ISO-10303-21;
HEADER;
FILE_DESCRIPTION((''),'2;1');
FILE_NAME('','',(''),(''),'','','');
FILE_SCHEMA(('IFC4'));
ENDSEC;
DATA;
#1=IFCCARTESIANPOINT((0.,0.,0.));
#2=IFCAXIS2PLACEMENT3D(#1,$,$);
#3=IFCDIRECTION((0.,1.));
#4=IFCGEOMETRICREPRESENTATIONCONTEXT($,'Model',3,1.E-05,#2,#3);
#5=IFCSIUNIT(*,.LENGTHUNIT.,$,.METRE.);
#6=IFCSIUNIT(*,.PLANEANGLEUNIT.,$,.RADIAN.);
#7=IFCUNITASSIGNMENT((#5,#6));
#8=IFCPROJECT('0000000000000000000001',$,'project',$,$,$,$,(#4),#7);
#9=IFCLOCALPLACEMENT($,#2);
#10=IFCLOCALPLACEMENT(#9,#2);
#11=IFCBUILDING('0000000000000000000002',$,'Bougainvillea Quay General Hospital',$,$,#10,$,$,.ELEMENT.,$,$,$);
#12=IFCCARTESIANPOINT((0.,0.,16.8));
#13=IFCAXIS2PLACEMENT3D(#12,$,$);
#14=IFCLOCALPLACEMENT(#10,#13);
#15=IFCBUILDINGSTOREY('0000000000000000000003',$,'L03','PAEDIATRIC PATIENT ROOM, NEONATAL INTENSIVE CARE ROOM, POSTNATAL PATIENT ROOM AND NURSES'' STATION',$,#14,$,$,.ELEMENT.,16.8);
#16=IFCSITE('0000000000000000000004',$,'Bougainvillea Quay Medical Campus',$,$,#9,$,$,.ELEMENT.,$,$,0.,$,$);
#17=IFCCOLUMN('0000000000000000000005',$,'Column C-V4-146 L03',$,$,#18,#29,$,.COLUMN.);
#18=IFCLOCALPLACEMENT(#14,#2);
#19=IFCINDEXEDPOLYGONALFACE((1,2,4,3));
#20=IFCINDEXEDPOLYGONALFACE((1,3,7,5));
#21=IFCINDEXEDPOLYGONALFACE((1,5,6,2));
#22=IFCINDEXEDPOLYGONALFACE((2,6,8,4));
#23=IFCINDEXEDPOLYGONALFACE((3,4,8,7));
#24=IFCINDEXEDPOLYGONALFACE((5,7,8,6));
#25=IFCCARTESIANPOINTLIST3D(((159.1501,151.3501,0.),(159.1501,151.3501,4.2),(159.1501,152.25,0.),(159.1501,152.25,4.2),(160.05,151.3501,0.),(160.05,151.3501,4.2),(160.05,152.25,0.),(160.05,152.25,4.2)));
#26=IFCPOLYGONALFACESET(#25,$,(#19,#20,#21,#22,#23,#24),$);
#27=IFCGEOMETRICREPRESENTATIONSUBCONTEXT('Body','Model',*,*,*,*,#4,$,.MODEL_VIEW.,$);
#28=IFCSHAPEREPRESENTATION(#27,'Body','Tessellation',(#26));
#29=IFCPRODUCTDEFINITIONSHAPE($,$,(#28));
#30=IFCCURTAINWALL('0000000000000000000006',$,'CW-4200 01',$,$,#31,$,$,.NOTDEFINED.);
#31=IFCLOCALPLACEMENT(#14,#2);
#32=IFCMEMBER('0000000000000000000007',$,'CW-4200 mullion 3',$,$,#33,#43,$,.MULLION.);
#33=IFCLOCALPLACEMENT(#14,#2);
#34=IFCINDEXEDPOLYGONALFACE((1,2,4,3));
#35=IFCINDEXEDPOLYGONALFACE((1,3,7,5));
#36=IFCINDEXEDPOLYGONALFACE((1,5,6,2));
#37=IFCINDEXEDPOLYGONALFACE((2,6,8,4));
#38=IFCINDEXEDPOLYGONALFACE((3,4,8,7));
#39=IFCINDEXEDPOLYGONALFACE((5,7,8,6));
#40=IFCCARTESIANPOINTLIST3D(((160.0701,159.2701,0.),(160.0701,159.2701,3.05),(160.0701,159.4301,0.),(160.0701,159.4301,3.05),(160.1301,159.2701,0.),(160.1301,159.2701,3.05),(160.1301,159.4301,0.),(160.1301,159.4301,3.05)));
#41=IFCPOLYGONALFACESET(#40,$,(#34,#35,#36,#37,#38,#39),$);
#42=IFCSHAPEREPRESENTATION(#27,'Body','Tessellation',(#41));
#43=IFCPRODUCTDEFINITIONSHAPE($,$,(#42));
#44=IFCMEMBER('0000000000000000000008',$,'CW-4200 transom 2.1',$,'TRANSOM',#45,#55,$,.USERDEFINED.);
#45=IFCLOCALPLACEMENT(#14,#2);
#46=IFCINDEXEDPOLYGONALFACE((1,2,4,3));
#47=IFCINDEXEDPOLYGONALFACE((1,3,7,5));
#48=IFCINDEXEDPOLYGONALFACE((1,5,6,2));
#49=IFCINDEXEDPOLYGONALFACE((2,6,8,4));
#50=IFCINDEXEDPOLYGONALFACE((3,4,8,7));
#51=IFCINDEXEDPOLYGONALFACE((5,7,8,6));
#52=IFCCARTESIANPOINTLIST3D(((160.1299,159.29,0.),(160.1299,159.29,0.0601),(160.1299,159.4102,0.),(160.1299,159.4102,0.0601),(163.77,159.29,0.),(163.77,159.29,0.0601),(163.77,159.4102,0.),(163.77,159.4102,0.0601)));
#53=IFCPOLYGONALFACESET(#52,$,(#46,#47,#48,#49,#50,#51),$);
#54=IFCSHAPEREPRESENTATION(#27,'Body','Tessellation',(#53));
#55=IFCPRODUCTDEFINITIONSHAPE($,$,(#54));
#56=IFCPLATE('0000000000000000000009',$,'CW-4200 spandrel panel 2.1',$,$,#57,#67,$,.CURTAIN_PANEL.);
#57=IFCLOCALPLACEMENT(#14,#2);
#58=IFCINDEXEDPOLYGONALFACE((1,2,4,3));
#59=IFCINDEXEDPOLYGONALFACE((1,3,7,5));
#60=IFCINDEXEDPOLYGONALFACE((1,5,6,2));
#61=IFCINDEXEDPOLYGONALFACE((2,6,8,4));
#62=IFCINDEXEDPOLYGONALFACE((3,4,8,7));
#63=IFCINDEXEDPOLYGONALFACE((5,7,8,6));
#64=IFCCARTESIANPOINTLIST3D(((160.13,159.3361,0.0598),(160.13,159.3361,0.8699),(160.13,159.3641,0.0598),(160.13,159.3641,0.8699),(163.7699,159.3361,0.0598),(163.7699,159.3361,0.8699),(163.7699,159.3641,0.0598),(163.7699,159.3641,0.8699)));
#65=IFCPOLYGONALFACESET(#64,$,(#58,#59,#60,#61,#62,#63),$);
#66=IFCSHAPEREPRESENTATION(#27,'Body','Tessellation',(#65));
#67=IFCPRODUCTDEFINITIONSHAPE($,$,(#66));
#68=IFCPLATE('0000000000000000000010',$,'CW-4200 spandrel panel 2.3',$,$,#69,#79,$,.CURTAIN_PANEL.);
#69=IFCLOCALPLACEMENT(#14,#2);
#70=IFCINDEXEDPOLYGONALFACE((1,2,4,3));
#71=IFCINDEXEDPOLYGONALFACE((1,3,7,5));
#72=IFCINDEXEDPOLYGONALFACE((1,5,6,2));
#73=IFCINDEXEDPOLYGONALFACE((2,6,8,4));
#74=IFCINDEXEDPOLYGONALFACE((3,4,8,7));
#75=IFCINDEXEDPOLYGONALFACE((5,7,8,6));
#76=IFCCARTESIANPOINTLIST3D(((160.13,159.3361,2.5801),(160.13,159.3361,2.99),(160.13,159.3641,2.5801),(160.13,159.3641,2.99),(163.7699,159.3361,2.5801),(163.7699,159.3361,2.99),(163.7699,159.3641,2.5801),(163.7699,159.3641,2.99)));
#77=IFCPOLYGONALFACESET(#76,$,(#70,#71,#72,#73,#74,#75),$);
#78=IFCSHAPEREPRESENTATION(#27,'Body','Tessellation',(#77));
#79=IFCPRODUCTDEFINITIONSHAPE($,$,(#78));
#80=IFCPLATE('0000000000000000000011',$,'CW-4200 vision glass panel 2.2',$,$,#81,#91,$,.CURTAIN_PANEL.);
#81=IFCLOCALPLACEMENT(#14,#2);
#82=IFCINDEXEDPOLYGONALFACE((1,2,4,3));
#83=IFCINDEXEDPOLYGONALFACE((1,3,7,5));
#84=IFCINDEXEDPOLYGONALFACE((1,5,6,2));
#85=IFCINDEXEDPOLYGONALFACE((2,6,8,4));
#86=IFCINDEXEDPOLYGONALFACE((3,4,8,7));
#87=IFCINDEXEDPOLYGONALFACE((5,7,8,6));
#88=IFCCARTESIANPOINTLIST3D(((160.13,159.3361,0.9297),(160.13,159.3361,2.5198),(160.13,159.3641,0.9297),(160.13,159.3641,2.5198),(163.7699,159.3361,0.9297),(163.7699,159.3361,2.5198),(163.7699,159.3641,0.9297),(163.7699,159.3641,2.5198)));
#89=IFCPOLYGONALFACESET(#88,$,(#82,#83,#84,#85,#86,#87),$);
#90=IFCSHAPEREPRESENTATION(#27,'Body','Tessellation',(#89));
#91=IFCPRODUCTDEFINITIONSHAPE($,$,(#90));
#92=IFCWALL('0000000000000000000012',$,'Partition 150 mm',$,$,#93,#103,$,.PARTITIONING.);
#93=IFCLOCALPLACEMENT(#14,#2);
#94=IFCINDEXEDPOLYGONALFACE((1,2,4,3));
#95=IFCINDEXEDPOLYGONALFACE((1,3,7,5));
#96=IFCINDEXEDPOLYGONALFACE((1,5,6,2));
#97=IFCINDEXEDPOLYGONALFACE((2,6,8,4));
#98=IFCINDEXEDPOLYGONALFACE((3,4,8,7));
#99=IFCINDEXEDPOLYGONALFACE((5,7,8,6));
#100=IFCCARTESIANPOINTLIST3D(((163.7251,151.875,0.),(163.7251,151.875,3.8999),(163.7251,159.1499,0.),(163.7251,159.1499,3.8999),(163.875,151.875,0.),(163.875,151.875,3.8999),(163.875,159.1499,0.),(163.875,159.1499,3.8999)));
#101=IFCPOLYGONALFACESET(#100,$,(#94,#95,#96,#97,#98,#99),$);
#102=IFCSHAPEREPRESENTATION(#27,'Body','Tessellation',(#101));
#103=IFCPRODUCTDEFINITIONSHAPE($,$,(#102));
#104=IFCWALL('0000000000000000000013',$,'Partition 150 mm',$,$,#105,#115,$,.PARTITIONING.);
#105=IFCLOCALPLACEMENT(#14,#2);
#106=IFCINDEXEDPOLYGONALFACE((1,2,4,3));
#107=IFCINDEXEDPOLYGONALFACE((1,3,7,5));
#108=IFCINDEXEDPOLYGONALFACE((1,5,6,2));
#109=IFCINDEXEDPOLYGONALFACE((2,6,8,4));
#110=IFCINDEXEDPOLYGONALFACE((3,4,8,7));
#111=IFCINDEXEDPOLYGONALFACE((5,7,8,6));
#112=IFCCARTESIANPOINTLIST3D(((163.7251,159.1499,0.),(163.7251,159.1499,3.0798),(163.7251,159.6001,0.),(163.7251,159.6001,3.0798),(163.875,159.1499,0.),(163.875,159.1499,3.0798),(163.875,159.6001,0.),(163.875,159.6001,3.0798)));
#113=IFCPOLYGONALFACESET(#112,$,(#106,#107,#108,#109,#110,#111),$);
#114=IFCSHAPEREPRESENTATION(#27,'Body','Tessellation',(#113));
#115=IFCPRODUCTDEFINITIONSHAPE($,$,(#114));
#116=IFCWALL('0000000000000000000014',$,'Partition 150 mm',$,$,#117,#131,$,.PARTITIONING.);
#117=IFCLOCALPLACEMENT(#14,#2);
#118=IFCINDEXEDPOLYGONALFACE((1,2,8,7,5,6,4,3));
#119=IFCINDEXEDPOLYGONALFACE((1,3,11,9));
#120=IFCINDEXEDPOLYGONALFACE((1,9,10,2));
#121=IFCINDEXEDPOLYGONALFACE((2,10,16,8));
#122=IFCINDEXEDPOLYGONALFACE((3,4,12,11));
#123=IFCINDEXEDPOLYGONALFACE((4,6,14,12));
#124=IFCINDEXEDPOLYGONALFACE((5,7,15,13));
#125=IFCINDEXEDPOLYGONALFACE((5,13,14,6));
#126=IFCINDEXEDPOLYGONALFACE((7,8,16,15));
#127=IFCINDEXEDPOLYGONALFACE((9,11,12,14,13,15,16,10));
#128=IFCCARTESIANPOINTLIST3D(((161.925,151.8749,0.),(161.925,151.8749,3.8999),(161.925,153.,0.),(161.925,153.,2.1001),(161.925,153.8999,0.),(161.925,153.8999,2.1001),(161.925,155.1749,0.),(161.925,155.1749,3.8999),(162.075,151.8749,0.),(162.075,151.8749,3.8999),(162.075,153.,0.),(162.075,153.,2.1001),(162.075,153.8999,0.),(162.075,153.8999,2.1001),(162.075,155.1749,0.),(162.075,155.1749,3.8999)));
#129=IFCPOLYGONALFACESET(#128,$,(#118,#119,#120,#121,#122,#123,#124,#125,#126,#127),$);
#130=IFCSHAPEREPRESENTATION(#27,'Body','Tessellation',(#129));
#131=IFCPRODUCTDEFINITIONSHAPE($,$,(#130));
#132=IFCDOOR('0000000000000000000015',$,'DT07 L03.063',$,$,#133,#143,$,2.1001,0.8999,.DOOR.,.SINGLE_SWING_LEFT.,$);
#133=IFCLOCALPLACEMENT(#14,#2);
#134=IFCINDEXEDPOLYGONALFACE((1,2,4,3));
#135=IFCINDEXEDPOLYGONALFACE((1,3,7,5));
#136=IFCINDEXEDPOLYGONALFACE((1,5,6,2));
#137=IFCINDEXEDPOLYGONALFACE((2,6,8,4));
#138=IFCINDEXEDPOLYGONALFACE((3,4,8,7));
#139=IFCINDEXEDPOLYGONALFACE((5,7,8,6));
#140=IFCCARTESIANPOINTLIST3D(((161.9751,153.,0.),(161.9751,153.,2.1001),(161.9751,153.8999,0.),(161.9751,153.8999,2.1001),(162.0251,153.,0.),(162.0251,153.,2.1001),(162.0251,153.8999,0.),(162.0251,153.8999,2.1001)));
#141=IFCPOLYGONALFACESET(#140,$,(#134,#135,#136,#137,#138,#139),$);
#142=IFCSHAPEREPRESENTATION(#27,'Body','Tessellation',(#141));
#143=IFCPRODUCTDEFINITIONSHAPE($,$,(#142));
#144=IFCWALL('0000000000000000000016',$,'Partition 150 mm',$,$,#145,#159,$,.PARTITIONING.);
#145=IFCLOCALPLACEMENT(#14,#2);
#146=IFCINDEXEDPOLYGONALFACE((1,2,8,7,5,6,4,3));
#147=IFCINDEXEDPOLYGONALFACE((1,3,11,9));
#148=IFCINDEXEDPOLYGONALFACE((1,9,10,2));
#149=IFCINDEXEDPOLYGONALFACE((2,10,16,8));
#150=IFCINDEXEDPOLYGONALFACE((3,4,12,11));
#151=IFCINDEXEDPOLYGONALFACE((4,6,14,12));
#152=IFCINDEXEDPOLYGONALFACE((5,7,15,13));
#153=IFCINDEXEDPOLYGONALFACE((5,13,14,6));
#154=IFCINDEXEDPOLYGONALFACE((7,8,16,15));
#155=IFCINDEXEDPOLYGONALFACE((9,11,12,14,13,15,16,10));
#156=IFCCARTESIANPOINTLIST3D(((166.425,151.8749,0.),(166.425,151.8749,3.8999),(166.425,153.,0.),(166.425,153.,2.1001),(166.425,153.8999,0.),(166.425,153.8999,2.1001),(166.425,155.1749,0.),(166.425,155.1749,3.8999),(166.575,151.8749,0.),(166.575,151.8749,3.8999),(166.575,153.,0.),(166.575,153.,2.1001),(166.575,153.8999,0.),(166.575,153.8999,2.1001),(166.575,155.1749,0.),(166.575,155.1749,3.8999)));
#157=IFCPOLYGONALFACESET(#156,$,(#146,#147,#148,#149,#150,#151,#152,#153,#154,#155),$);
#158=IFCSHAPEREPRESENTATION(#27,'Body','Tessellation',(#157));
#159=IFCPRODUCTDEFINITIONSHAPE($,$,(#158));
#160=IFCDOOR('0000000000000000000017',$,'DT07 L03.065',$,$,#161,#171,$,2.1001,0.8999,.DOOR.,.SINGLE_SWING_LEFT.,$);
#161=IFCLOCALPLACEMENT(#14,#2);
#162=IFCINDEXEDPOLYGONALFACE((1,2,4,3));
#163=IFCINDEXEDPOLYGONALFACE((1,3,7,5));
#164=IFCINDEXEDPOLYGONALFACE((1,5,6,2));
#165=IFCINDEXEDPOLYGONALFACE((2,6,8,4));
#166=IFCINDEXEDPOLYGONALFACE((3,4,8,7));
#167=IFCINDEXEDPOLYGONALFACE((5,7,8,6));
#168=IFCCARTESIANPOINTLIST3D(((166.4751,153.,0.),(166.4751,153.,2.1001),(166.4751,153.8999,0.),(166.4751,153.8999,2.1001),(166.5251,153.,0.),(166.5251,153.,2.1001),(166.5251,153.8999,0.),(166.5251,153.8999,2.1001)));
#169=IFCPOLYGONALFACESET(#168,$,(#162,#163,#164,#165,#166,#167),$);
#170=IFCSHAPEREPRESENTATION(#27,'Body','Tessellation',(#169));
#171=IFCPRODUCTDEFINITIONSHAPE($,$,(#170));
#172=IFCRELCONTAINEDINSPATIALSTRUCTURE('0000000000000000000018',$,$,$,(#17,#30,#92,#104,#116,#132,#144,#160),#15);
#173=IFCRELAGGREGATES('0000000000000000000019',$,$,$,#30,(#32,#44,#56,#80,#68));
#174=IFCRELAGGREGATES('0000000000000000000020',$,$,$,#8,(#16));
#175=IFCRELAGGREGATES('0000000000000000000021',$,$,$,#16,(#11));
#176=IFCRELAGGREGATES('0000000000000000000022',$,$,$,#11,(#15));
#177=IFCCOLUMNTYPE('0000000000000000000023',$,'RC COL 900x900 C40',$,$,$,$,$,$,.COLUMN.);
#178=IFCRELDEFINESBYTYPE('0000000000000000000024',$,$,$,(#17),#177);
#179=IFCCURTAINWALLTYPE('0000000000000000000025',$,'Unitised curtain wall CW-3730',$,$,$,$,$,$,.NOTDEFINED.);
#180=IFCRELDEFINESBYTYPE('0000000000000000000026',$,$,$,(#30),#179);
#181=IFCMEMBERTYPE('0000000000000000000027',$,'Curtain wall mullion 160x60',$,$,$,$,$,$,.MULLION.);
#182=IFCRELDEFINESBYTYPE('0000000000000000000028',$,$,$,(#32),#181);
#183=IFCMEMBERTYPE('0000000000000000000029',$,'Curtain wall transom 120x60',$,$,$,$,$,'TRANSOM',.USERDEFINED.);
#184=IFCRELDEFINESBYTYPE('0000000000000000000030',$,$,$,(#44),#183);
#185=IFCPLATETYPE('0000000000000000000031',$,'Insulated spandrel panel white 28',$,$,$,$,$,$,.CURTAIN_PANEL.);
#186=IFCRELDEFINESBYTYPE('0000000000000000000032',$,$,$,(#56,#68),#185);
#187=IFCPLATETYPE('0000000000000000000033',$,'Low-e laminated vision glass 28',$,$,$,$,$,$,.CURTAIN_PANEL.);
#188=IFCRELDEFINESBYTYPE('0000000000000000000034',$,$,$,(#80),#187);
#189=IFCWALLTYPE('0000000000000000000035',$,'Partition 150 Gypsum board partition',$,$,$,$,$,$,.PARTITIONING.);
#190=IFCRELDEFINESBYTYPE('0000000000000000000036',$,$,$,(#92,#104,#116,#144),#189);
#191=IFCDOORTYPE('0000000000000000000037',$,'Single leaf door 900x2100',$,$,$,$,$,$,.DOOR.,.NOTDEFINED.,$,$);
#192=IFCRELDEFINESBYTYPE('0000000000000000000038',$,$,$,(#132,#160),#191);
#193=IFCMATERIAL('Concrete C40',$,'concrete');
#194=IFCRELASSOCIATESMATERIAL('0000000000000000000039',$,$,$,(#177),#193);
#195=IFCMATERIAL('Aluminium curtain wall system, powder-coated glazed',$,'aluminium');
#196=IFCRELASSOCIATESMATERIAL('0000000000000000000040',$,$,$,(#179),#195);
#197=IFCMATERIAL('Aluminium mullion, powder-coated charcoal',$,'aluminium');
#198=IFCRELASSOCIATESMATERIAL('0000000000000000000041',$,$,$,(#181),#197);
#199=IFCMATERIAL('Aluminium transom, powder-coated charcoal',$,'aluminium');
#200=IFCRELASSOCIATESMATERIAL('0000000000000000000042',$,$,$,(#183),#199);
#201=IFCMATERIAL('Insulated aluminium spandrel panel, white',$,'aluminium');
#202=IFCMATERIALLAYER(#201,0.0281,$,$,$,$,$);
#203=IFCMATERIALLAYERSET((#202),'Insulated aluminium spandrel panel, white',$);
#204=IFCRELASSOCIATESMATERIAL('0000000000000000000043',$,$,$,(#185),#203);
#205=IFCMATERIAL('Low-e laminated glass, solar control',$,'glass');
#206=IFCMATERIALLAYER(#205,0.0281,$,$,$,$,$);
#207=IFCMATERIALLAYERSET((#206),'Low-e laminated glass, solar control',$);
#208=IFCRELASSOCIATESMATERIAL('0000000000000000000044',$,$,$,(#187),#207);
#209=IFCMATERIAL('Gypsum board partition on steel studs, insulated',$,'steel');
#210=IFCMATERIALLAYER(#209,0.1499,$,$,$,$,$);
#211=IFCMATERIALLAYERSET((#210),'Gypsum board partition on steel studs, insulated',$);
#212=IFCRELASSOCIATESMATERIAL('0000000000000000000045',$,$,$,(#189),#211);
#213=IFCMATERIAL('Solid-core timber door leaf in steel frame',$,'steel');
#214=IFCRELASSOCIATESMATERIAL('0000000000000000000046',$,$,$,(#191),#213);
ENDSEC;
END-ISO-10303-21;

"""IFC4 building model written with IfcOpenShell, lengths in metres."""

from ifc_helpers import new_model, si_unit, direction, frame, frame_2d, origin, origin_2d, place, context, subcontext, project, spatial, rectangle, extrude, material, layer, layer_set, material_profile, profile_set, type_object, element, fill, aggregate, save


model = new_model("IFC4")

# Units and contexts
model_context = context("Model", 3, precision=1e-05, world=origin(), true_north=direction((0.0, 1.0)))
body_context = subcontext(model_context, "Body", "Model", "MODEL_VIEW")
ifc_project = project(units=[si_unit("LENGTHUNIT", "METRE"), si_unit("PLANEANGLEUNIT", "RADIAN")], contexts=[model_context])

# Site, building, storey
site_placement = place(None, origin())
site = spatial("IfcSite", under=ifc_project, at=site_placement, Name="Bougainvillea Quay Medical Campus", CompositionType="ELEMENT", RefElevation=0.0)
building_placement = place(site_placement, origin())
building = spatial("IfcBuilding", under=site, at=building_placement, Name="Bougainvillea Quay General Hospital", CompositionType="ELEMENT")
storey_placement = place(building_placement, frame((0.0, 0.0, 16.8)))
storey = spatial("IfcBuildingStorey", under=building, at=storey_placement, Name="L03", Description="PAEDIATRIC PATIENT ROOM, NEONATAL INTENSIVE CARE ROOM, POSTNATAL PATIENT ROOM AND NURSES' STATION", CompositionType="ELEMENT", Elevation=16.8)

# Column
ifc_material_1 = material(Name="Concrete C40", Category="concrete")
ifc_material_profile_1 = material_profile(ifc_material_1, rectangle(XDim=0.8999, YDim=0.8999, at=origin_2d()))
ifc_profile_set_1 = profile_set([ifc_material_profile_1], Name="Concrete C40")
column_type = type_object("IfcColumnType", Name="RC COL 900x900 C40", PredefinedType="COLUMN", material=ifc_profile_set_1)
column_placement = place(storey_placement, frame((159.6001, 151.8, 0.0), z_axis=(0.0, 0.0, 1.0), x_axis=(1.0, 0.0, 0.0)))
element("IfcColumn", 1, at=column_placement, inside=storey, type_object=column_type, Name="Column C-V4-146 L03", PredefinedType="COLUMN", context=body_context, shape_type="SweptSolid", body=[
    extrude(rectangle(XDim=0.8999, YDim=0.8999, at=origin_2d()), origin(), (0.0, 0.0, 1.0), 4.2),
])

# Curtain wall, members, plates
ifc_material_2 = material(Name="Aluminium curtain wall system, powder-coated glazed", Category="aluminium")
curtain_wall_type = type_object("IfcCurtainWallType", Name="Unitised curtain wall CW-3730", PredefinedType="NOTDEFINED", material=ifc_material_2)
curtain_wall_placement = place(storey_placement, origin())
curtain_wall = element("IfcCurtainWall", 2, at=curtain_wall_placement, inside=storey, type_object=curtain_wall_type, Name="CW-4200 01", PredefinedType="NOTDEFINED")
ifc_material_3 = material(Name="Aluminium mullion, powder-coated charcoal", Category="aluminium")
ifc_material_profile_2 = material_profile(ifc_material_3, rectangle(XDim=0.1599, YDim=0.0601, at=origin_2d()))
ifc_profile_set_2 = profile_set([ifc_material_profile_2], Name="Aluminium mullion, powder-coated charcoal")
member_type_1 = type_object("IfcMemberType", Name="Curtain wall mullion 160x60", PredefinedType="MULLION", material=ifc_profile_set_2)
member_1_placement = place(storey_placement, frame((160.1001, 159.3501, 0.0), z_axis=(0.0, 0.0, 1.0), x_axis=(0.0, -1.0, 0.0)))
member_1 = element("IfcMember", 3, at=member_1_placement, type_object=member_type_1, Name="CW-4200 mullion 3", PredefinedType="MULLION", context=body_context, shape_type="SweptSolid", body=[
    extrude(rectangle(XDim=0.1599, YDim=0.0601, at=origin_2d()), origin(), (0.0, 0.0, 1.0), 3.05),
])
ifc_material_4 = material(Name="Aluminium transom, powder-coated charcoal", Category="aluminium")
ifc_material_profile_3 = material_profile(ifc_material_4, rectangle(XDim=0.1201, YDim=0.0601, at=origin_2d()))
ifc_profile_set_3 = profile_set([ifc_material_profile_3], Name="Aluminium transom, powder-coated charcoal")
member_type_2 = type_object("IfcMemberType", Name="Curtain wall transom 120x60", ElementType="TRANSOM", PredefinedType="USERDEFINED", material=ifc_profile_set_3)
member_2_placement = place(storey_placement, frame((163.77, 159.3501, 0.03), z_axis=(-1.0, 0.0, 0.0), x_axis=(0.0, -1.0, 0.0)))
member_2 = element("IfcMember", 4, at=member_2_placement, type_object=member_type_2, Name="CW-4200 transom 2.1", ObjectType="TRANSOM", PredefinedType="USERDEFINED", context=body_context, shape_type="SweptSolid", body=[
    extrude(rectangle(XDim=0.1201, YDim=0.0601, at=origin_2d()), origin(), (0.0, 0.0, 1.0), 3.6401),
])
ifc_material_5 = material(Name="Insulated aluminium spandrel panel, white", Category="aluminium")
ifc_layer_1 = layer(ifc_material_5, 0.0281)
ifc_layer_set_1 = layer_set([ifc_layer_1], Name="Insulated aluminium spandrel panel, white")
plate_type_1 = type_object("IfcPlateType", Name="Insulated spandrel panel white 28", PredefinedType="CURTAIN_PANEL", material=ifc_layer_set_1)
plate_1_placement = place(storey_placement, frame((161.95, 159.3501, 0.0598), z_axis=(0.0, 0.0, 1.0), x_axis=(-1.0, 0.0, 0.0)))
plate_1 = element("IfcPlate", 5, at=plate_1_placement, type_object=plate_type_1, Name="CW-4200 spandrel panel 2.1", PredefinedType="CURTAIN_PANEL", context=body_context, shape_type="SweptSolid", body=[
    extrude(rectangle(XDim=3.6399, YDim=0.0281, at=origin_2d()), origin(), (0.0, 0.0, 1.0), 0.8101),
])
plate_2_placement = place(storey_placement, frame((161.95, 159.3501, 2.5801), z_axis=(0.0, 0.0, 1.0), x_axis=(-1.0, 0.0, 0.0)))
plate_2 = element("IfcPlate", 6, at=plate_2_placement, type_object=plate_type_1, Name="CW-4200 spandrel panel 2.3", PredefinedType="CURTAIN_PANEL", context=body_context, shape_type="SweptSolid", body=[
    extrude(rectangle(XDim=3.6399, YDim=0.0281, at=origin_2d()), origin(), (0.0, 0.0, 1.0), 0.4099),
])
ifc_material_6 = material(Name="Low-e laminated glass, solar control", Category="glass")
ifc_layer_2 = layer(ifc_material_6, 0.0281)
ifc_layer_set_2 = layer_set([ifc_layer_2], Name="Low-e laminated glass, solar control")
plate_type_2 = type_object("IfcPlateType", Name="Low-e laminated vision glass 28", PredefinedType="CURTAIN_PANEL", material=ifc_layer_set_2)
plate_3_placement = place(storey_placement, frame((161.95, 159.3501, 0.9297), z_axis=(0.0, 0.0, 1.0), x_axis=(-1.0, 0.0, 0.0)))
plate_3 = element("IfcPlate", 7, at=plate_3_placement, type_object=plate_type_2, Name="CW-4200 vision glass panel 2.2", PredefinedType="CURTAIN_PANEL", context=body_context, shape_type="SweptSolid", body=[
    extrude(rectangle(XDim=3.6399, YDim=0.0281, at=origin_2d()), origin(), (0.0, 0.0, 1.0), 1.5901),
])
aggregate(curtain_wall, [member_1, member_2, plate_1, plate_3, plate_2])

# Walls
ifc_material_7 = material(Name="Gypsum board partition on steel studs, insulated", Category="steel")
ifc_layer_3 = layer(ifc_material_7, 0.1499)
ifc_layer_set_3 = layer_set([ifc_layer_3], Name="Gypsum board partition on steel studs, insulated")
wall_type_1 = type_object("IfcWallType", Name="Partition 150 Gypsum board partition", PredefinedType="PARTITIONING", material=ifc_layer_set_3)
wall_1_placement = place(storey_placement, frame((163.8, 151.875, 0.0), z_axis=(0.0, 0.0, 1.0), x_axis=(0.0, 1.0, 0.0)))
element("IfcWall", 8, at=wall_1_placement, inside=storey, type_object=wall_type_1, Name="Partition 150 mm", PredefinedType="PARTITIONING", context=body_context, shape_type="SweptSolid", body=[
    extrude(rectangle(XDim=7.2749, YDim=0.1499, at=frame_2d((3.6375, 0.0))), origin(), (0.0, 0.0, 1.0), 3.8999),
])
wall_2_placement = place(storey_placement, frame((163.8, 159.1499, 0.0), z_axis=(0.0, 0.0, 1.0), x_axis=(0.0, 1.0, 0.0)))
element("IfcWall", 9, at=wall_2_placement, inside=storey, type_object=wall_type_1, Name="Partition 150 mm", PredefinedType="PARTITIONING", context=body_context, shape_type="SweptSolid", body=[
    extrude(rectangle(XDim=0.4502, YDim=0.1499, at=frame_2d((0.2251, 0.0))), origin(), (0.0, 0.0, 1.0), 3.0798),
])

# Walls, openings, doors
wall_3_placement = place(storey_placement, frame((162.0, 151.875, 0.0), z_axis=(0.0, 0.0, 1.0), x_axis=(0.0, 1.0, 0.0)))
wall_3 = element("IfcWall", 10, at=wall_3_placement, inside=storey, type_object=wall_type_1, Name="Partition 150 mm", PredefinedType="PARTITIONING", context=body_context, shape_type="SweptSolid", body=[
    extrude(rectangle(XDim=3.3, YDim=0.1499, at=frame_2d((1.6499, 0.0))), origin(), (0.0, 0.0, 1.0), 3.8999),
])
opening_1_placement = place(wall_3_placement, frame((1.125, 0.0, 0.0)))
opening_1 = element("IfcOpeningElement", 11, at=opening_1_placement, cuts=wall_3, PredefinedType="OPENING", context=body_context, shape_type="SweptSolid", body=[
    extrude(rectangle(XDim=0.8999, YDim=2.1001, at=frame_2d((0.45, 1.05))), frame((0.0, 0.085, 0.0), z_axis=(0.0, -1.0, 0.0), x_axis=(1.0, 0.0, 0.0)), (0.0, 0.0, 1.0), 0.1699),
])
ifc_material_8 = material(Name="Solid-core timber door leaf in steel frame", Category="steel")
door_type_1 = type_object("IfcDoorType", Name="Single leaf door 900x2100", OperationType="NOTDEFINED", PredefinedType="DOOR", material=ifc_material_8)
door_1_placement = place(opening_1_placement, origin())
door_1 = element("IfcDoor", 12, at=door_1_placement, inside=storey, type_object=door_type_1, Name="DT07 L03.063", OperationType="SINGLE_SWING_LEFT", OverallHeight=2.1001, OverallWidth=0.8999, PredefinedType="DOOR", context=body_context, shape_type="SweptSolid", body=[
    extrude(rectangle(XDim=0.8999, YDim=2.1001, at=frame_2d((0.45, 1.05))), frame((0.0, 0.0249, 0.0), z_axis=(0.0, -1.0, 0.0), x_axis=(1.0, 0.0, 0.0)), (0.0, 0.0, 1.0), 0.05),
])
fill(opening_1, door_1)
wall_4_placement = place(storey_placement, frame((166.5, 151.875, 0.0), z_axis=(0.0, 0.0, 1.0), x_axis=(0.0, 1.0, 0.0)))
wall_4 = element("IfcWall", 13, at=wall_4_placement, inside=storey, type_object=wall_type_1, Name="Partition 150 mm", PredefinedType="PARTITIONING", context=body_context, shape_type="SweptSolid", body=[
    extrude(rectangle(XDim=3.3, YDim=0.1499, at=frame_2d((1.6499, 0.0))), origin(), (0.0, 0.0, 1.0), 3.8999),
])
opening_2_placement = place(wall_4_placement, frame((1.125, 0.0, 0.0)))
opening_2 = element("IfcOpeningElement", 14, at=opening_2_placement, cuts=wall_4, PredefinedType="OPENING", context=body_context, shape_type="SweptSolid", body=[
    extrude(rectangle(XDim=0.8999, YDim=2.1001, at=frame_2d((0.45, 1.05))), frame((0.0, 0.085, 0.0), z_axis=(0.0, -1.0, 0.0), x_axis=(1.0, 0.0, 0.0)), (0.0, 0.0, 1.0), 0.1699),
])
door_2_placement = place(opening_2_placement, origin())
door_2 = element("IfcDoor", 15, at=door_2_placement, inside=storey, type_object=door_type_1, Name="DT07 L03.065", OperationType="SINGLE_SWING_LEFT", OverallHeight=2.1001, OverallWidth=0.8999, PredefinedType="DOOR", context=body_context, shape_type="SweptSolid", body=[
    extrude(rectangle(XDim=0.8999, YDim=2.1001, at=frame_2d((0.45, 1.05))), frame((0.0, 0.0249, 0.0), z_axis=(0.0, -1.0, 0.0), x_axis=(1.0, 0.0, 0.0)), (0.0, 0.0, 1.0), 0.05),
])
fill(opening_2, door_2)

save(model, "model.ifc")
